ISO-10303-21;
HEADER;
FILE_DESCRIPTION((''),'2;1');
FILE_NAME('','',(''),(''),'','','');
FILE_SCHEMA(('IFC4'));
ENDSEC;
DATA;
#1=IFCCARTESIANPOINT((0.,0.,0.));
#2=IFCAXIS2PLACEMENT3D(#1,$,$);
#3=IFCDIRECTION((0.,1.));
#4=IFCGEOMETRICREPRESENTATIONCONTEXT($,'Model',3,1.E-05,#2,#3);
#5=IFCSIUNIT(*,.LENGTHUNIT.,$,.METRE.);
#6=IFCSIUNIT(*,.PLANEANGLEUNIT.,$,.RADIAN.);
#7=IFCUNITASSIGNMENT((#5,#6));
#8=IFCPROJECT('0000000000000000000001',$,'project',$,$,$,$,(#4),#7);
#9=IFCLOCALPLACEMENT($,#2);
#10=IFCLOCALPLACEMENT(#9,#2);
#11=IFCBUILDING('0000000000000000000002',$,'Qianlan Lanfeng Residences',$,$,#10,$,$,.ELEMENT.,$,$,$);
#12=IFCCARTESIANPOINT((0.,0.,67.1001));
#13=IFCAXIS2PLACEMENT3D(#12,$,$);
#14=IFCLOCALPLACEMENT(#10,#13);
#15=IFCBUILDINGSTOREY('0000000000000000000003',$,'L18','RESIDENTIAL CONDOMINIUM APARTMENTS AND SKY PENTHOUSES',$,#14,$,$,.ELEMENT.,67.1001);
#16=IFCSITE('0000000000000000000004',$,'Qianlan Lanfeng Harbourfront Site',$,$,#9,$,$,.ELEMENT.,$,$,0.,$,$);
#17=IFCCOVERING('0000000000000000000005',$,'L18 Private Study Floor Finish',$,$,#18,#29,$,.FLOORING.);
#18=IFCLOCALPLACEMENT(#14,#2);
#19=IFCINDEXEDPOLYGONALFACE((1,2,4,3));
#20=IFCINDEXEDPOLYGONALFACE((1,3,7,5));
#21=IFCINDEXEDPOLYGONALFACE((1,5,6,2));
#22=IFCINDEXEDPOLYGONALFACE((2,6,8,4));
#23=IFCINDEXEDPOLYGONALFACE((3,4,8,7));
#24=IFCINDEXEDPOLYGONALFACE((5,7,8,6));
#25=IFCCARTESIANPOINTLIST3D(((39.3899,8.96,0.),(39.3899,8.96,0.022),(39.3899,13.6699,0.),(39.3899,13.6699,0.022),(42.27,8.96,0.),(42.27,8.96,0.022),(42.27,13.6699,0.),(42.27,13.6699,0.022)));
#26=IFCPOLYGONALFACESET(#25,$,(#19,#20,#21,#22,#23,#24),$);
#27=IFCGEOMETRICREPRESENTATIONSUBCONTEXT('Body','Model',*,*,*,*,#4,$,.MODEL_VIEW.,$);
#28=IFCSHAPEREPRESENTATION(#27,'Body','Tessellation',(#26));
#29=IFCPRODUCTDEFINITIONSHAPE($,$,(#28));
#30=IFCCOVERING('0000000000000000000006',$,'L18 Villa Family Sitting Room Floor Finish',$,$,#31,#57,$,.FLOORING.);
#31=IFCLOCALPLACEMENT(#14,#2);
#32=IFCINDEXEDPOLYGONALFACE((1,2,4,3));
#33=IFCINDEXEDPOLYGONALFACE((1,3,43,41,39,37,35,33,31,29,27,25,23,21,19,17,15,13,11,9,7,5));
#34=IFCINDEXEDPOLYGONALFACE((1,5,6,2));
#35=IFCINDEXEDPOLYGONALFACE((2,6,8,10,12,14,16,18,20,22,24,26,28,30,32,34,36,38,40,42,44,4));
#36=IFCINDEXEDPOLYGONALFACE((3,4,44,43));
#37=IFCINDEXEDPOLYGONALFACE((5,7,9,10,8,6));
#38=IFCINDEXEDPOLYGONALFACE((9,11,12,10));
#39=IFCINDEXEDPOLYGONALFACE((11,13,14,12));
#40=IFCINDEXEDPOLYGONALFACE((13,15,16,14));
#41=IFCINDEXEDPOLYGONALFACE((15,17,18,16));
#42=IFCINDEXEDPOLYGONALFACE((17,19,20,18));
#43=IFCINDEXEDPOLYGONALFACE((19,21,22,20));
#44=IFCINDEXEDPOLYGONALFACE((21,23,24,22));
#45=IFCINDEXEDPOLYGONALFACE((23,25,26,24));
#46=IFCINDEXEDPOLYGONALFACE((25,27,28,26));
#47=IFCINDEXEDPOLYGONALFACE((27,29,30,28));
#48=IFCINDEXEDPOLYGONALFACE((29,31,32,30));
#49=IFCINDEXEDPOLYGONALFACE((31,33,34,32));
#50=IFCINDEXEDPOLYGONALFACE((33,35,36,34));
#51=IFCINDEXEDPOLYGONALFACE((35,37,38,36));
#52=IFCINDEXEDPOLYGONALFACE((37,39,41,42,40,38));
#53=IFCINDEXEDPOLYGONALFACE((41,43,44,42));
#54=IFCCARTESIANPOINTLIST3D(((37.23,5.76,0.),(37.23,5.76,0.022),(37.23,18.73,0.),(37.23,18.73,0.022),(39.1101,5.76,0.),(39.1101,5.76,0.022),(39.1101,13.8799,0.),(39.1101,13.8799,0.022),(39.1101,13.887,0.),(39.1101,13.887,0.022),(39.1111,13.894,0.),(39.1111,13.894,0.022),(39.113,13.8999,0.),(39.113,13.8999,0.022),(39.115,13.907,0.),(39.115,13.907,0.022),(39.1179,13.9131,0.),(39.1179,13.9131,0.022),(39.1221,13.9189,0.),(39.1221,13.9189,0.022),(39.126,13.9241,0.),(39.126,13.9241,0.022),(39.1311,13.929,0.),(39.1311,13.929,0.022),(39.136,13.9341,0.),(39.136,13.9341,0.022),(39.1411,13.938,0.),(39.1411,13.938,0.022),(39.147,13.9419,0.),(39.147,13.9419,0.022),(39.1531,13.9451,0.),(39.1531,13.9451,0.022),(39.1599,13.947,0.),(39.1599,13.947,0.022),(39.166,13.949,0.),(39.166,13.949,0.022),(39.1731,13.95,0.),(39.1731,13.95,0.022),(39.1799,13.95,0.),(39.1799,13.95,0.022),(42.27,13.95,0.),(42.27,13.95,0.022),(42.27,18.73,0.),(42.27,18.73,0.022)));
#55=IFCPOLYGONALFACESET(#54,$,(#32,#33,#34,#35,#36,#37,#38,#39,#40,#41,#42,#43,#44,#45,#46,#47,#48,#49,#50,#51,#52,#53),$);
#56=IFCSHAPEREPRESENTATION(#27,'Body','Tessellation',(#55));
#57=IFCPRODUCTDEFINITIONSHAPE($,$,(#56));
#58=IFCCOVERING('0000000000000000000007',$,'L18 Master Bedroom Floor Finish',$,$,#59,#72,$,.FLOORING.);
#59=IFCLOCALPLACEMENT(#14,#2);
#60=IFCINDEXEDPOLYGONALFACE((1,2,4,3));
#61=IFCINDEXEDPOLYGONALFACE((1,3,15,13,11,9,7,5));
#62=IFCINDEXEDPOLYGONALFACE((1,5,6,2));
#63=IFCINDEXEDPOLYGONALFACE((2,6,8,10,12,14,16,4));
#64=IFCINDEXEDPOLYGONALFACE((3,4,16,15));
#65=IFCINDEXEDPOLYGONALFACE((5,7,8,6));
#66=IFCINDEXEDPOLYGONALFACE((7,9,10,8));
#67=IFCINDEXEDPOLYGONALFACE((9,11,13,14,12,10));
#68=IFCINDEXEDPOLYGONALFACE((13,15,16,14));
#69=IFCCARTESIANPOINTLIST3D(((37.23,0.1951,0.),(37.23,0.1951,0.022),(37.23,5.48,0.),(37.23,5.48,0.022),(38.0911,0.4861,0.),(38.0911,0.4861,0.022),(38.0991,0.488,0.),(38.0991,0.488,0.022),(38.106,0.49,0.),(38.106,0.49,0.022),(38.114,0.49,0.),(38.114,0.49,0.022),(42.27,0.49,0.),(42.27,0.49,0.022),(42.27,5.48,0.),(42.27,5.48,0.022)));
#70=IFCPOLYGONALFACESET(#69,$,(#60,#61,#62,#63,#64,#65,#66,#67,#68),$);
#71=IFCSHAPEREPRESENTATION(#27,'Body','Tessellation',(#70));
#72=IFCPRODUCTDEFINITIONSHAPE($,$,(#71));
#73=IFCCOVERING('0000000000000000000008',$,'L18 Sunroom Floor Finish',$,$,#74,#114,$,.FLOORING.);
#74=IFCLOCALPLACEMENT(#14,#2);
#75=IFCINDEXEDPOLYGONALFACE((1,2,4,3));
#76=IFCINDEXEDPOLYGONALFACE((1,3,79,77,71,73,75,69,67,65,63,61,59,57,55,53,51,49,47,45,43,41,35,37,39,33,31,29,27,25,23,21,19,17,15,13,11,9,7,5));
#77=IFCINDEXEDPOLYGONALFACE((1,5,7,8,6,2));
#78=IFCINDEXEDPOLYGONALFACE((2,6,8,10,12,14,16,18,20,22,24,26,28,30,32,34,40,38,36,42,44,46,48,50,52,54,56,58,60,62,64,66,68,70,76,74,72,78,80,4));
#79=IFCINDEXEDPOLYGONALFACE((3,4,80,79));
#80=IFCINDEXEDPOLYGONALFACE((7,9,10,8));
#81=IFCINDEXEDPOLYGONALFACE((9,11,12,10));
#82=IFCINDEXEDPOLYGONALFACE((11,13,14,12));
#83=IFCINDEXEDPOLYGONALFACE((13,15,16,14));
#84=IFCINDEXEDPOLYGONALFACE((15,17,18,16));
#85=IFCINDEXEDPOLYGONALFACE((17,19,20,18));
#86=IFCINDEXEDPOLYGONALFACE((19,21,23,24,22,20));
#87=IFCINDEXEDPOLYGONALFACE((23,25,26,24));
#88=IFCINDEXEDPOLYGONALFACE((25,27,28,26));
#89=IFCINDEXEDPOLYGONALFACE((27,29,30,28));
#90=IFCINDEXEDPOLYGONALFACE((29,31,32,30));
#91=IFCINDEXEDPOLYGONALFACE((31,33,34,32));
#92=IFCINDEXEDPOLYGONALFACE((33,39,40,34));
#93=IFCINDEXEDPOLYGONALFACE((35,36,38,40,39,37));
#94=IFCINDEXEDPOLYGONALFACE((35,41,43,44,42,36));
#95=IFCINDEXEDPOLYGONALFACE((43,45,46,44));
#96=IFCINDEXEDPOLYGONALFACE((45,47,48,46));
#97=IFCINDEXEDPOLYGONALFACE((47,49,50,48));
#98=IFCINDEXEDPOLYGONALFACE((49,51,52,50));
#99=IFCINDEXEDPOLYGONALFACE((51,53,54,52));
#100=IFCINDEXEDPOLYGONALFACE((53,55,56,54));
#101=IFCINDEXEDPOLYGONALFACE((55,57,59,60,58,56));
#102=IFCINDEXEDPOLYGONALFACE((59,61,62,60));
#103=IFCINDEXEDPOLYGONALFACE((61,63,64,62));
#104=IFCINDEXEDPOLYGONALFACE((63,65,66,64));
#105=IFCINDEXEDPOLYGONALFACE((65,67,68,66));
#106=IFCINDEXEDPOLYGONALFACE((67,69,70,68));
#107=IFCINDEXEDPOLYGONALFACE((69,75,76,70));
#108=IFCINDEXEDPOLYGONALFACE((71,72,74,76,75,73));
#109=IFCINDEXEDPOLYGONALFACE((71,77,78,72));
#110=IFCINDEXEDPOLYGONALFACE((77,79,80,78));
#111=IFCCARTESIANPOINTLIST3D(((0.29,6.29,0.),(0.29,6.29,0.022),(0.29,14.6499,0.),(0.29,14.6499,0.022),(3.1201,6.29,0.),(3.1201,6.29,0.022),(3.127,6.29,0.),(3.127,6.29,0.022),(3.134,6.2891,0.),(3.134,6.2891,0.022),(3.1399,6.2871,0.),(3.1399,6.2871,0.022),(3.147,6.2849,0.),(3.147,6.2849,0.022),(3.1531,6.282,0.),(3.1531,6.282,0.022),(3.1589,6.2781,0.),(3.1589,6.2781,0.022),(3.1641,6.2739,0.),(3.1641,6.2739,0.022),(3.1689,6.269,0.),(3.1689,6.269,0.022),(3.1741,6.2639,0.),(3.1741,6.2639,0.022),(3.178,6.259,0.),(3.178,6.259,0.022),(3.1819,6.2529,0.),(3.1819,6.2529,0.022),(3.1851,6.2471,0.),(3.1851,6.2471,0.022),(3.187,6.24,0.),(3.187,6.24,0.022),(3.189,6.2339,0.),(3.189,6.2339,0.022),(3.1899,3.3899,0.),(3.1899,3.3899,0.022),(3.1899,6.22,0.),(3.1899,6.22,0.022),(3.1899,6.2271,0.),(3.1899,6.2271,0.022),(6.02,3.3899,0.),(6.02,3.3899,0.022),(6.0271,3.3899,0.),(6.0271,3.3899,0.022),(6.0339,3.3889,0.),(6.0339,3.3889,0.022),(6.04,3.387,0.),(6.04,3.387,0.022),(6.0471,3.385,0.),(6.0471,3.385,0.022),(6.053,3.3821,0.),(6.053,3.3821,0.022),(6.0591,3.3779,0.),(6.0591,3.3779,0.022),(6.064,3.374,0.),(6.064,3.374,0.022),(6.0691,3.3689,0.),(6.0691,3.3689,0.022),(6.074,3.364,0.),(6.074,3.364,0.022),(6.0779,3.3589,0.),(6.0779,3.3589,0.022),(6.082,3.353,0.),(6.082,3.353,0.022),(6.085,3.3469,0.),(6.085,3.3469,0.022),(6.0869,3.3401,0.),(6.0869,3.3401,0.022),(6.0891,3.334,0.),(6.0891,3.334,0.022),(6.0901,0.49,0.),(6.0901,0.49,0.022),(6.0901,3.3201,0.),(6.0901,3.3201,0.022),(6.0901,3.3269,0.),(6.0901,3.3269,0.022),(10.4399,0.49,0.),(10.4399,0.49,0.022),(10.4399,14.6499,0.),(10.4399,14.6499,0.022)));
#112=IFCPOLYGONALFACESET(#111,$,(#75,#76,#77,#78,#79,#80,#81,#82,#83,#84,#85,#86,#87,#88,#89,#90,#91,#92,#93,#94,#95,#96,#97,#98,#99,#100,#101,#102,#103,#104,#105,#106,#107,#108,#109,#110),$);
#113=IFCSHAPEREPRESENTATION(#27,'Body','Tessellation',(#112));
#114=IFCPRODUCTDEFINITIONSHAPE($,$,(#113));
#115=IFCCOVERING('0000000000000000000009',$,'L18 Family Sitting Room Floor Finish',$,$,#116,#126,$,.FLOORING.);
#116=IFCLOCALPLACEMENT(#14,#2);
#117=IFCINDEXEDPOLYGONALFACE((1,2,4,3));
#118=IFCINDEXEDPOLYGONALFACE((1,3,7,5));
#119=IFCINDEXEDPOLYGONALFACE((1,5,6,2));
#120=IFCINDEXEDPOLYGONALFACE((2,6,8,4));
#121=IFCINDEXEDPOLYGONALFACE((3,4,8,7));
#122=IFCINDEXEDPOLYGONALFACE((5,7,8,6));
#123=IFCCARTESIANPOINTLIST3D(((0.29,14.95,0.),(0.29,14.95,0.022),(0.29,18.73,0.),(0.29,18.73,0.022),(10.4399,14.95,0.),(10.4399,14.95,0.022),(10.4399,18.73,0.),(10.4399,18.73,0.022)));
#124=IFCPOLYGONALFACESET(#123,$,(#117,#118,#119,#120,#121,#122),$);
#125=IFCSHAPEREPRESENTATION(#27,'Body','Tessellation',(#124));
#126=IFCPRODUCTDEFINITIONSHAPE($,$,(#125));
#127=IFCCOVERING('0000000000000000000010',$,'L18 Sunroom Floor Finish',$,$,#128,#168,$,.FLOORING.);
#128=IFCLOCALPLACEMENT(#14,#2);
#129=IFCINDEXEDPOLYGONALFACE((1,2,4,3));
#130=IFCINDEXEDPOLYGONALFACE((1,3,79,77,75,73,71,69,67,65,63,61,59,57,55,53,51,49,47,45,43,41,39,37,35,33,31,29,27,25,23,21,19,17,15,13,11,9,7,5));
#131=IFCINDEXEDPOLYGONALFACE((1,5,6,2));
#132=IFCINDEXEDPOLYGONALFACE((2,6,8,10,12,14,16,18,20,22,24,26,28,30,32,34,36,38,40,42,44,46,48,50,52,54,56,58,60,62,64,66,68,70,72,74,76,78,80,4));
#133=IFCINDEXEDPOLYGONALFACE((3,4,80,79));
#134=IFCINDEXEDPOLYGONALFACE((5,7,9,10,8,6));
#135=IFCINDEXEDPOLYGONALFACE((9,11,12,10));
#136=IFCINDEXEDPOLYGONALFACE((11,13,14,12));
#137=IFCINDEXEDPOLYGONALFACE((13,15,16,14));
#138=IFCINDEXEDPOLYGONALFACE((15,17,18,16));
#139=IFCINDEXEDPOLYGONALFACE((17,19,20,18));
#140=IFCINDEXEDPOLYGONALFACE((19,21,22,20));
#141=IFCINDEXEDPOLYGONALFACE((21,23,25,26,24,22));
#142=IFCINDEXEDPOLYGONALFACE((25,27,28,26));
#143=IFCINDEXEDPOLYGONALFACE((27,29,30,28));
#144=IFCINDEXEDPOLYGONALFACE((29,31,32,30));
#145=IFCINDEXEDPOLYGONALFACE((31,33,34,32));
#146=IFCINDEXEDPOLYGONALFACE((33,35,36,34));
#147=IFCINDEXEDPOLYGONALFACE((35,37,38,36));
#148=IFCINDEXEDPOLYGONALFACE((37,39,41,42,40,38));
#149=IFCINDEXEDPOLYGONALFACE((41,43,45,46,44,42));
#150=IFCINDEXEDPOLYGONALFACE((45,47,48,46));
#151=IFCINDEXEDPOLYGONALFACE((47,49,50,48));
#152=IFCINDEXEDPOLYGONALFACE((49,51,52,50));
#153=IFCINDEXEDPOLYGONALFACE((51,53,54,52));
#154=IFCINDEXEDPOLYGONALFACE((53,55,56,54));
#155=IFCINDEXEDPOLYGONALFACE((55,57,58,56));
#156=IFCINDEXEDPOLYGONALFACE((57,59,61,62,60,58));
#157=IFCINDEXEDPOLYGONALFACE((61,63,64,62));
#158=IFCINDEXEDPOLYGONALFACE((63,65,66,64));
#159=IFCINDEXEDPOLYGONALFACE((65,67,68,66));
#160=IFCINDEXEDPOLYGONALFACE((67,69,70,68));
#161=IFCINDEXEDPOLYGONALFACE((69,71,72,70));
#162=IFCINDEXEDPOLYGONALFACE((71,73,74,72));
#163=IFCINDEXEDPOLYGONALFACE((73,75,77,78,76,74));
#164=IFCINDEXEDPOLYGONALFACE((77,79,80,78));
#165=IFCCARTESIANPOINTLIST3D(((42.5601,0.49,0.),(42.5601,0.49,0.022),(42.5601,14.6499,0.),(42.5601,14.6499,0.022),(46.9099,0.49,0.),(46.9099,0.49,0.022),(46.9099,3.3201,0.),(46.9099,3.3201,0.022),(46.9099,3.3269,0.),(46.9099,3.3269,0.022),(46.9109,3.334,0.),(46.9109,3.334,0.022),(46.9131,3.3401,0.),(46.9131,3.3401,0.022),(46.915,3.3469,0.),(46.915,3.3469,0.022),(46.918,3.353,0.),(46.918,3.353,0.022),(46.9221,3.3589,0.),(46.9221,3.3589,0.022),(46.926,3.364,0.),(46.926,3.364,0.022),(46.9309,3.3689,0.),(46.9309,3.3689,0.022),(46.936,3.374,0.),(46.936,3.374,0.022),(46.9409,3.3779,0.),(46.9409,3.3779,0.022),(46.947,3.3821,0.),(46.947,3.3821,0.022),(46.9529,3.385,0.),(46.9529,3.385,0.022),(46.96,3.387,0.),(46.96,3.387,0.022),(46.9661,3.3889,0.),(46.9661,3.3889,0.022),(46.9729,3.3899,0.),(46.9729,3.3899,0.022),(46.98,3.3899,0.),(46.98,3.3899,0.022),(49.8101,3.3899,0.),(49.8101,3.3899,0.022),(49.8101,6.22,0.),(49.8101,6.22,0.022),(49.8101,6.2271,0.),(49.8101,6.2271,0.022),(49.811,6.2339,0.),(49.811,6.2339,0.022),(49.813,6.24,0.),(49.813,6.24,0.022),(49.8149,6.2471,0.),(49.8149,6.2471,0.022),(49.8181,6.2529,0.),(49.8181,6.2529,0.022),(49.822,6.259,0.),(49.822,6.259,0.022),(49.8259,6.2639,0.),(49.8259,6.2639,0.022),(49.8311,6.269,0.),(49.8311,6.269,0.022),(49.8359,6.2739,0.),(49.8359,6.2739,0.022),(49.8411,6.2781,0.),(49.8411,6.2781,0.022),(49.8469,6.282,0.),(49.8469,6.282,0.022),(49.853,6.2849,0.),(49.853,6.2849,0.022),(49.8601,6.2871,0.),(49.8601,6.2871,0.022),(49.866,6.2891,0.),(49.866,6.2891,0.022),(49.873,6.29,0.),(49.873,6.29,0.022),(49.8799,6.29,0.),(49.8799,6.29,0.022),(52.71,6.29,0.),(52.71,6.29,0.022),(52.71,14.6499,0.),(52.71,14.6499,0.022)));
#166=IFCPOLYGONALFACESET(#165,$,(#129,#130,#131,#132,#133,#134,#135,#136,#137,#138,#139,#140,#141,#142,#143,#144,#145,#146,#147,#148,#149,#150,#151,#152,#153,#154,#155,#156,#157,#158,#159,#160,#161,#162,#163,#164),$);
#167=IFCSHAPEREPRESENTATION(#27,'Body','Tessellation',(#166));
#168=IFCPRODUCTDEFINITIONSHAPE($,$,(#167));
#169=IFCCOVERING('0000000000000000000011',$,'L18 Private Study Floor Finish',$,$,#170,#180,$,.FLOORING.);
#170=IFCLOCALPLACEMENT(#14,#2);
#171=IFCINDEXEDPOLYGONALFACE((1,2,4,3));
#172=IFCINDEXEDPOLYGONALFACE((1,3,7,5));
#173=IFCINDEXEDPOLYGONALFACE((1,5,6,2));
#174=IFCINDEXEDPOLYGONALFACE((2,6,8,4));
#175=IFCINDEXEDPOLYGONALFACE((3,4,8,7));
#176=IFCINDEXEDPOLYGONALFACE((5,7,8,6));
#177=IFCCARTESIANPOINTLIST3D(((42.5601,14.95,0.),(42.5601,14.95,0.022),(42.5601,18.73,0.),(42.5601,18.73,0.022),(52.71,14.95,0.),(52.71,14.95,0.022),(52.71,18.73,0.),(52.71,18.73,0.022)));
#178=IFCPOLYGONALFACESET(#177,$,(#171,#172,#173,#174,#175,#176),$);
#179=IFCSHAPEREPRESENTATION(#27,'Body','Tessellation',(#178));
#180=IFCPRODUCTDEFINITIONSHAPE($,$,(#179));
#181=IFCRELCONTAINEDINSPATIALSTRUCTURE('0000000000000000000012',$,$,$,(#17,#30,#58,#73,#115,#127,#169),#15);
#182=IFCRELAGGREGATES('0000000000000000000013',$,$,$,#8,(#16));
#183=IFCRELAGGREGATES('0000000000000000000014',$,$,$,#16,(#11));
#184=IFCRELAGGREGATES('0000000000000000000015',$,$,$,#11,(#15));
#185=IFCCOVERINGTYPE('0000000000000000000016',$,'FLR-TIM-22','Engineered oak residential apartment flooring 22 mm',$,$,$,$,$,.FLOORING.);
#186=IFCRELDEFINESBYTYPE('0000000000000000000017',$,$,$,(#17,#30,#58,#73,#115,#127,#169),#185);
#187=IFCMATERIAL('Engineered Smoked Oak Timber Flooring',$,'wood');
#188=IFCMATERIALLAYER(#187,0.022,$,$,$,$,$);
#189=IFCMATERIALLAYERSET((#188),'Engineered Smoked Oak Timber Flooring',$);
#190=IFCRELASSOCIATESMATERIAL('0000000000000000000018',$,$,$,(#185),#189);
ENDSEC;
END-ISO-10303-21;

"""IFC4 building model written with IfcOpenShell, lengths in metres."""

from ifc_helpers import new_model, si_unit, direction, frame, origin, place, context, subcontext, project, spatial, polyline, outline, extrude, material, layer, layer_set, type_object, element, save


model = new_model("IFC4")

# Units and contexts
model_context = context("Model", 3, precision=1e-05, world=origin(), true_north=direction((0.0, 1.0)))
body_context = subcontext(model_context, "Body", "Model", "MODEL_VIEW")
ifc_project = project(units=[si_unit("LENGTHUNIT", "METRE"), si_unit("PLANEANGLEUNIT", "RADIAN")], contexts=[model_context])

# Site, building, storey
site_placement = place(None, origin())
site = spatial("IfcSite", under=ifc_project, at=site_placement, Name="Qianlan Lanfeng Harbourfront Site", CompositionType="ELEMENT", RefElevation=0.0)
building_placement = place(site_placement, origin())
building = spatial("IfcBuilding", under=site, at=building_placement, Name="Qianlan Lanfeng Residences", CompositionType="ELEMENT")
storey_placement = place(building_placement, frame((0.0, 0.0, 67.1001)))
storey = spatial("IfcBuildingStorey", under=building, at=storey_placement, Name="L18", Description="RESIDENTIAL CONDOMINIUM APARTMENTS AND SKY PENTHOUSES", CompositionType="ELEMENT", Elevation=67.1001)

# Coverings
ifc_material_1 = material(Name="Engineered Smoked Oak Timber Flooring", Category="wood")
ifc_layer_1 = layer(ifc_material_1, 0.022)
ifc_layer_set_1 = layer_set([ifc_layer_1], Name="Engineered Smoked Oak Timber Flooring")
covering_type_1 = type_object("IfcCoveringType", Name="FLR-TIM-22", Description="Engineered oak residential apartment flooring 22 mm", PredefinedType="FLOORING", material=ifc_layer_set_1)
covering_1_placement = place(storey_placement, origin())
element("IfcCovering", 1, at=covering_1_placement, inside=storey, type_object=covering_type_1, Name="L18 Private Study Floor Finish", PredefinedType="FLOORING", context=body_context, shape_type="SweptSolid", body=[
    extrude(outline(polyline([(39.3899, 8.96), (42.27, 8.96), (42.27, 13.6699), (39.3899, 13.6699), (39.3899, 8.96)])), origin(), (0.0, 0.0, 1.0), 0.022),
])
covering_2_placement = place(storey_placement, origin())
element("IfcCovering", 2, at=covering_2_placement, inside=storey, type_object=covering_type_1, Name="L18 Villa Family Sitting Room Floor Finish", PredefinedType="FLOORING", context=body_context, shape_type="SweptSolid", body=[
    extrude(outline(polyline([(37.23, 5.76), (39.1101, 5.76), (39.1101, 13.8799), (39.1101, 13.887), (39.1111, 13.894), (39.113, 13.8999), (39.115, 13.907), (39.1179, 13.9131), (39.1221, 13.9189), (39.126, 13.9241), (39.1311, 13.929), (39.136, 13.9341), (39.1411, 13.938), (39.147, 13.9419), (39.1531, 13.9451), (39.1599, 13.947), (39.166, 13.949), (39.1731, 13.95), (39.1799, 13.95), (42.27, 13.95), (42.27, 18.73), (37.23, 18.73), (37.23, 5.76)])), origin(), (0.0, 0.0, 1.0), 0.022),
])
covering_3_placement = place(storey_placement, origin())
element("IfcCovering", 3, at=covering_3_placement, inside=storey, type_object=covering_type_1, Name="L18 Master Bedroom Floor Finish", PredefinedType="FLOORING", context=body_context, shape_type="SweptSolid", body=[
    extrude(outline(polyline([(37.23, 5.48), (37.23, 0.1951), (38.0911, 0.4861), (38.0991, 0.488), (38.106, 0.49), (38.114, 0.49), (42.27, 0.49), (42.27, 5.48), (37.23, 5.48)])), origin(), (0.0, 0.0, 1.0), 0.022),
])
covering_4_placement = place(storey_placement, origin())
element("IfcCovering", 4, at=covering_4_placement, inside=storey, type_object=covering_type_1, Name="L18 Sunroom Floor Finish", PredefinedType="FLOORING", context=body_context, shape_type="SweptSolid", body=[
    extrude(outline(polyline([(10.4399, 14.6499), (0.29, 14.6499), (0.29, 6.29), (3.1201, 6.29), (3.127, 6.29), (3.134, 6.2891), (3.1399, 6.2871), (3.147, 6.2849), (3.1531, 6.282), (3.1589, 6.2781), (3.1641, 6.2739), (3.1689, 6.269), (3.1741, 6.2639), (3.178, 6.259), (3.1819, 6.2529), (3.1851, 6.2471), (3.187, 6.24), (3.189, 6.2339), (3.1899, 6.2271), (3.1899, 6.22), (3.1899, 3.3899), (6.02, 3.3899), (6.0271, 3.3899), (6.0339, 3.3889), (6.04, 3.387), (6.0471, 3.385), (6.053, 3.3821), (6.0591, 3.3779), (6.064, 3.374), (6.0691, 3.3689), (6.074, 3.364), (6.0779, 3.3589), (6.082, 3.353), (6.085, 3.3469), (6.0869, 3.3401), (6.0891, 3.334), (6.0901, 3.3269), (6.0901, 3.3201), (6.0901, 0.49), (10.4399, 0.49), (10.4399, 14.6499)])), origin(), (0.0, 0.0, 1.0), 0.022),
])
covering_5_placement = place(storey_placement, origin())
element("IfcCovering", 5, at=covering_5_placement, inside=storey, type_object=covering_type_1, Name="L18 Family Sitting Room Floor Finish", PredefinedType="FLOORING", context=body_context, shape_type="SweptSolid", body=[
    extrude(outline(polyline([(10.4399, 18.73), (0.29, 18.73), (0.29, 14.95), (10.4399, 14.95), (10.4399, 18.73)])), origin(), (0.0, 0.0, 1.0), 0.022),
])
covering_6_placement = place(storey_placement, origin())
element("IfcCovering", 6, at=covering_6_placement, inside=storey, type_object=covering_type_1, Name="L18 Sunroom Floor Finish", PredefinedType="FLOORING", context=body_context, shape_type="SweptSolid", body=[
    extrude(outline(polyline([(52.71, 14.6499), (42.5601, 14.6499), (42.5601, 0.49), (46.9099, 0.49), (46.9099, 3.3201), (46.9099, 3.3269), (46.9109, 3.334), (46.9131, 3.3401), (46.915, 3.3469), (46.918, 3.353), (46.9221, 3.3589), (46.926, 3.364), (46.9309, 3.3689), (46.936, 3.374), (46.9409, 3.3779), (46.947, 3.3821), (46.9529, 3.385), (46.96, 3.387), (46.9661, 3.3889), (46.9729, 3.3899), (46.98, 3.3899), (49.8101, 3.3899), (49.8101, 6.22), (49.8101, 6.2271), (49.811, 6.2339), (49.813, 6.24), (49.8149, 6.2471), (49.8181, 6.2529), (49.822, 6.259), (49.8259, 6.2639), (49.8311, 6.269), (49.8359, 6.2739), (49.8411, 6.2781), (49.8469, 6.282), (49.853, 6.2849), (49.8601, 6.2871), (49.866, 6.2891), (49.873, 6.29), (49.8799, 6.29), (52.71, 6.29), (52.71, 14.6499)])), origin(), (0.0, 0.0, 1.0), 0.022),
])
covering_7_placement = place(storey_placement, origin())
element("IfcCovering", 7, at=covering_7_placement, inside=storey, type_object=covering_type_1, Name="L18 Private Study Floor Finish", PredefinedType="FLOORING", context=body_context, shape_type="SweptSolid", body=[
    extrude(outline(polyline([(52.71, 18.73), (42.5601, 18.73), (42.5601, 14.95), (52.71, 14.95), (52.71, 18.73)])), origin(), (0.0, 0.0, 1.0), 0.022),
])

save(model, "model.ifc")
